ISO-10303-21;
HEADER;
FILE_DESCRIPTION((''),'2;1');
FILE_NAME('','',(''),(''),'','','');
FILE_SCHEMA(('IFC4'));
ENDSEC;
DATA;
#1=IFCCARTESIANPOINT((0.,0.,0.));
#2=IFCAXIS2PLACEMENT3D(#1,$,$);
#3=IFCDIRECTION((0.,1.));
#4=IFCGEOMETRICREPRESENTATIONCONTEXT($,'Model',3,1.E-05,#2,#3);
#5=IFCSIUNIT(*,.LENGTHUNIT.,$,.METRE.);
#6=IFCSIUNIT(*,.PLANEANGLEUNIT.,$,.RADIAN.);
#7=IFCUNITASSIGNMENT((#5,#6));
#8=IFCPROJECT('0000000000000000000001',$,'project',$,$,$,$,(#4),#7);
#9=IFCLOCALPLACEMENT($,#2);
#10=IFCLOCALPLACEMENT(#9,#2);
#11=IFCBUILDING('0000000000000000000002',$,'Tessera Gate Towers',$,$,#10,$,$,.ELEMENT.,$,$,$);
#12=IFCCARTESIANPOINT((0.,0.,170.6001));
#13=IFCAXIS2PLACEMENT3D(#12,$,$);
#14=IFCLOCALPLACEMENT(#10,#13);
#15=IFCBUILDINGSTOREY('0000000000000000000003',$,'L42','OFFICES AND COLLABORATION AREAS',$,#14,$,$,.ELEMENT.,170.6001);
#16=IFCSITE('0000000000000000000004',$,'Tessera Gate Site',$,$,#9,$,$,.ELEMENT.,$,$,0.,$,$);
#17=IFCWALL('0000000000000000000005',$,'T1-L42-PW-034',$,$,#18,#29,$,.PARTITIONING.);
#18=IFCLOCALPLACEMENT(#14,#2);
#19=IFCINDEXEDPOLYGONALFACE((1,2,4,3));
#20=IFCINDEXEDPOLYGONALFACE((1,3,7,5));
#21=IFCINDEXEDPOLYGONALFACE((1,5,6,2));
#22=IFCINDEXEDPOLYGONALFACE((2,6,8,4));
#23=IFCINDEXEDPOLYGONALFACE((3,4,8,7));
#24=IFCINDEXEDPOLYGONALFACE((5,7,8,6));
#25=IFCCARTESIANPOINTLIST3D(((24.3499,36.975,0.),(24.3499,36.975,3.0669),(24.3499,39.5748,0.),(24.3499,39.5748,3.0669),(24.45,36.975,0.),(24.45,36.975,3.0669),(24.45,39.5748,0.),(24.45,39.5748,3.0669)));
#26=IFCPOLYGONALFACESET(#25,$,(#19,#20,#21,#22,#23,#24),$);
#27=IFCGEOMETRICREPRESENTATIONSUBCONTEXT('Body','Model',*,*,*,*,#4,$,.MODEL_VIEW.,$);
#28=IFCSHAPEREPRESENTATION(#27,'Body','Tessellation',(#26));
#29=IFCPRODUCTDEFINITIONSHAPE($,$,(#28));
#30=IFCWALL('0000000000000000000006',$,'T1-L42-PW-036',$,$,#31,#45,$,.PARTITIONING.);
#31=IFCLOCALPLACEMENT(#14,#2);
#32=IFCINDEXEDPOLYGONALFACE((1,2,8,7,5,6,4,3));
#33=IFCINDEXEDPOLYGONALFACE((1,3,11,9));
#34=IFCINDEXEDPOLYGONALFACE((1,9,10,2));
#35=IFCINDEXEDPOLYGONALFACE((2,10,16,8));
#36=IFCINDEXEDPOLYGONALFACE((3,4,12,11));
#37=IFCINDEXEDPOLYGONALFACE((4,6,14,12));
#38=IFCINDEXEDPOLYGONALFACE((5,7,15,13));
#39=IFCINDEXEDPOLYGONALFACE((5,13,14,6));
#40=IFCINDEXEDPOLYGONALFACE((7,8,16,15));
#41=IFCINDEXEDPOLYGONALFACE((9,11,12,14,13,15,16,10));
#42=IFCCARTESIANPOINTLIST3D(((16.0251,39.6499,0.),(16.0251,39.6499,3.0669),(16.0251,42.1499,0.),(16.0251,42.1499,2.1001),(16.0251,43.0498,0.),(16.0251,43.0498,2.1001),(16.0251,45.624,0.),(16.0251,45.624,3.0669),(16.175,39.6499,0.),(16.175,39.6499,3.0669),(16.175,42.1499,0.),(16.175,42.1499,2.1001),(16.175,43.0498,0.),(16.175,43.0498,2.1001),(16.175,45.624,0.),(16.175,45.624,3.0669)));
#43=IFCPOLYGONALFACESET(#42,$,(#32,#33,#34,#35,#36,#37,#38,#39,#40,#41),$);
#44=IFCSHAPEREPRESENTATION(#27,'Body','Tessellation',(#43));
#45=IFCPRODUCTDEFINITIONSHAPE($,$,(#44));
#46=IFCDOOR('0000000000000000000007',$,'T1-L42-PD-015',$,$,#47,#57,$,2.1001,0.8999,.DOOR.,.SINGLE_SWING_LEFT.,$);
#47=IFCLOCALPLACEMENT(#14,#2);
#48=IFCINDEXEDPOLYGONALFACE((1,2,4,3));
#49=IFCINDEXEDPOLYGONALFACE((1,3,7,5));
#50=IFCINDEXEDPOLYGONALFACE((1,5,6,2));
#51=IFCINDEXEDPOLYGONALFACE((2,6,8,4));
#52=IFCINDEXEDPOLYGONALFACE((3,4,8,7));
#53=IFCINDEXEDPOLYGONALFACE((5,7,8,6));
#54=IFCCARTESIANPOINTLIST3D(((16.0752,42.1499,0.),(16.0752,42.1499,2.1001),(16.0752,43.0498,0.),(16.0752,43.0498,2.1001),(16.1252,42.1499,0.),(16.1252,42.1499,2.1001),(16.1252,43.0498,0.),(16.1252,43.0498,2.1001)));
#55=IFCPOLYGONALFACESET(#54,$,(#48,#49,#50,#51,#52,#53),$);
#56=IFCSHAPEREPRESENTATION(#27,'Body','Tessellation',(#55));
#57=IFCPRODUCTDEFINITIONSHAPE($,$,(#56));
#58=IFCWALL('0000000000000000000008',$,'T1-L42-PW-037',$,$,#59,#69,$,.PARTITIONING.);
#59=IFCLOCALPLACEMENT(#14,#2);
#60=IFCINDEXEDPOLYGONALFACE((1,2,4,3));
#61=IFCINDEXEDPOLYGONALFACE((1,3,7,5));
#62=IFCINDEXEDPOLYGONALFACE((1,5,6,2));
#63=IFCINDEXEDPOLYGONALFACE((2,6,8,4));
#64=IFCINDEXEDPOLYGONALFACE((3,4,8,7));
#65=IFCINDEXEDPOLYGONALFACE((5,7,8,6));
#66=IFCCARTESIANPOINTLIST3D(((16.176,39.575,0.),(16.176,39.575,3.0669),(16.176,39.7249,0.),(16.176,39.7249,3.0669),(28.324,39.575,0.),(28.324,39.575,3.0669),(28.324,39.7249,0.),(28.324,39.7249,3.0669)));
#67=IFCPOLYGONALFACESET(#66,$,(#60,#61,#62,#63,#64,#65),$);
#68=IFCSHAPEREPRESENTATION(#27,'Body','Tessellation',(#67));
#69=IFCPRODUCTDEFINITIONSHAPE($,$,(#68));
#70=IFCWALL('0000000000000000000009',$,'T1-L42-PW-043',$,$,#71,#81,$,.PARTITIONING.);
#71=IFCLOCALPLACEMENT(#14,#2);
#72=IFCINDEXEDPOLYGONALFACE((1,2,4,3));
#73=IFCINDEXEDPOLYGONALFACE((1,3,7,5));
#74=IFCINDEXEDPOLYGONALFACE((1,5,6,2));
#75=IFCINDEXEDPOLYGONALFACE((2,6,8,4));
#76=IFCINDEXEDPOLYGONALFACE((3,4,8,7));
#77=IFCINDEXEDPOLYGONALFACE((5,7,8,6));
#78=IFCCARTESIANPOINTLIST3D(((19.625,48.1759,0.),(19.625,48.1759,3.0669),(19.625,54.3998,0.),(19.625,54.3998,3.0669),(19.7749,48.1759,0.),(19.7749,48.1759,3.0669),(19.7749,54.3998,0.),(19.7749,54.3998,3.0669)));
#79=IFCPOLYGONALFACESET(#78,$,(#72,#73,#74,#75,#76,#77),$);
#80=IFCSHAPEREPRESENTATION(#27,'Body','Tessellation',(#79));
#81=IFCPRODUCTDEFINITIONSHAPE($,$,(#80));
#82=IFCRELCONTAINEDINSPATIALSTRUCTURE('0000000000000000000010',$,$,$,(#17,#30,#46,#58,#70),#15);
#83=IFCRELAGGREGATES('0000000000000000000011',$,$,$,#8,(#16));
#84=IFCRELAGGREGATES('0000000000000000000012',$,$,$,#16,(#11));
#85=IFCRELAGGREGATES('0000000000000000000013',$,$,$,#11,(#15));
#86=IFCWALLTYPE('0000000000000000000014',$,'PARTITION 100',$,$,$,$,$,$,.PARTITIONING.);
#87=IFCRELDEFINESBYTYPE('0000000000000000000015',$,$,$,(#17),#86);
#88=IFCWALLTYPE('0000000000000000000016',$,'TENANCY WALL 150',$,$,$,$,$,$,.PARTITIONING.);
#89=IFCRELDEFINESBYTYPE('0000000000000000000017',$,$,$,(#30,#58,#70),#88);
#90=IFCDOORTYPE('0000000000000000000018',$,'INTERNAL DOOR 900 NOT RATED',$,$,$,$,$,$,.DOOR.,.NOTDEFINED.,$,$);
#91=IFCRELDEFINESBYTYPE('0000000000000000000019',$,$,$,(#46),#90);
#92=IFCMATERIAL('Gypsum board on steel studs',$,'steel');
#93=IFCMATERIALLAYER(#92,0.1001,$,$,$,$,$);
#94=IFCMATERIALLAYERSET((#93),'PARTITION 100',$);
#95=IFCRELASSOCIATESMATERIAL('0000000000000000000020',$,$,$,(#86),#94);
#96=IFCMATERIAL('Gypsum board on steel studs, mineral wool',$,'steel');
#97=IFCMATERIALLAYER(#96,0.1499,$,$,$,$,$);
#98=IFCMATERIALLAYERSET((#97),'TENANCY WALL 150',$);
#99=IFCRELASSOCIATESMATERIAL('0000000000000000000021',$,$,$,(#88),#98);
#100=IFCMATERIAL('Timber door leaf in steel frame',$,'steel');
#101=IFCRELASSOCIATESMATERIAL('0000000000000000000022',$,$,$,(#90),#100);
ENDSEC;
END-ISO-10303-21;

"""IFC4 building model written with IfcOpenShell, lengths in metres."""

from ifc_helpers import new_model, si_unit, direction, frame, frame_2d, origin, place, context, subcontext, project, spatial, rectangle, extrude, source, transform, mapped, material, layer, layer_set, type_object, element, fill, save


model = new_model("IFC4")

# Units and contexts
model_context = context("Model", 3, precision=1e-05, world=origin(), true_north=direction((0.0, 1.0)))
body_context = subcontext(model_context, "Body", "Model", "MODEL_VIEW")
ifc_project = project(units=[si_unit("LENGTHUNIT", "METRE"), si_unit("PLANEANGLEUNIT", "RADIAN")], contexts=[model_context])

# Site, building, storey
site_placement = place(None, origin())
site = spatial("IfcSite", under=ifc_project, at=site_placement, Name="Tessera Gate Site", CompositionType="ELEMENT", RefElevation=0.0)
building_placement = place(site_placement, origin())
building = spatial("IfcBuilding", under=site, at=building_placement, Name="Tessera Gate Towers", CompositionType="ELEMENT")
storey_placement = place(building_placement, frame((0.0, 0.0, 170.6001)))
storey = spatial("IfcBuildingStorey", under=building, at=storey_placement, Name="L42", Description="OFFICES AND COLLABORATION AREAS", CompositionType="ELEMENT", Elevation=170.6001)

# Shared definitions
shared_shape_1 = source(origin(), body_context, "Body", "SweptSolid", [
    extrude(rectangle(XDim=0.8999, YDim=2.1001, at=frame_2d((0.45, 1.05))), frame((0.0, 0.085, 0.0), z_axis=(0.0, -1.0, 0.0), x_axis=(1.0, 0.0, 0.0)), (0.0, 0.0, 1.0), 0.1699),
])
shared_shape_2 = source(origin(), body_context, "Body", "SweptSolid", [
    extrude(rectangle(XDim=0.8999, YDim=2.1001, at=frame_2d((0.45, 1.05))), frame((0.0, 0.0249, 0.0), z_axis=(0.0, -1.0, 0.0), x_axis=(1.0, 0.0, 0.0)), (0.0, 0.0, 1.0), 0.05),
])

# Wall
ifc_material_1 = material(Name="Gypsum board on steel studs", Category="steel")
ifc_layer_1 = layer(ifc_material_1, 0.1001)
ifc_layer_set_1 = layer_set([ifc_layer_1], Name="PARTITION 100")
wall_type_1 = type_object("IfcWallType", Name="PARTITION 100", PredefinedType="PARTITIONING", material=ifc_layer_set_1)
wall_1_placement = place(storey_placement, frame((24.3999, 36.9751, 0.0), z_axis=(0.0, 0.0, 1.0), x_axis=(0.0, 1.0, 0.0)))
element("IfcWall", 1, at=wall_1_placement, inside=storey, type_object=wall_type_1, Name="T1-L42-PW-034", PredefinedType="PARTITIONING", context=body_context, shape_type="SweptSolid", body=[
    extrude(rectangle(XDim=2.5999, YDim=0.1001, at=frame_2d((1.2998, 0.0))), origin(), (0.0, 0.0, 1.0), 3.0669),
])

# Wall, opening, door
ifc_material_2 = material(Name="Gypsum board on steel studs, mineral wool", Category="steel")
ifc_layer_2 = layer(ifc_material_2, 0.1499)
ifc_layer_set_2 = layer_set([ifc_layer_2], Name="TENANCY WALL 150")
wall_type_2 = type_object("IfcWallType", Name="TENANCY WALL 150", PredefinedType="PARTITIONING", material=ifc_layer_set_2)
wall_2_placement = place(storey_placement, frame((16.1001, 39.6499, 0.0), z_axis=(0.0, 0.0, 1.0), x_axis=(0.0, 1.0, 0.0)))
wall_2 = element("IfcWall", 2, at=wall_2_placement, inside=storey, type_object=wall_type_2, Name="T1-L42-PW-036", PredefinedType="PARTITIONING", context=body_context, shape_type="SweptSolid", body=[
    extrude(rectangle(XDim=5.9741, YDim=0.1499, at=frame_2d((2.9871, 0.0))), origin(), (0.0, 0.0, 1.0), 3.0669),
])
opening_1_placement = place(wall_2_placement, frame((2.5, 0.0, 0.0)))
opening_1 = element("IfcOpeningElement", 3, at=opening_1_placement, cuts=wall_2, PredefinedType="OPENING", context=body_context, shape_type="MappedRepresentation", body=[
    mapped(shared_shape_1, transform((0.0, 0.0, 0.0), scale=1.0)),
])
ifc_material_3 = material(Name="Timber door leaf in steel frame", Category="steel")
door_type_1 = type_object("IfcDoorType", Name="INTERNAL DOOR 900 NOT RATED", OperationType="NOTDEFINED", PredefinedType="DOOR", material=ifc_material_3)
door_1_placement = place(opening_1_placement, origin())
door_1 = element("IfcDoor", 4, at=door_1_placement, inside=storey, type_object=door_type_1, Name="T1-L42-PD-015", OperationType="SINGLE_SWING_LEFT", OverallHeight=2.1001, OverallWidth=0.8999, PredefinedType="DOOR", context=body_context, shape_type="MappedRepresentation", body=[
    mapped(shared_shape_2, transform((0.0, 0.0, 0.0), scale=1.0)),
])
fill(opening_1, door_1)

# Walls
wall_3_placement = place(storey_placement, frame((16.176, 39.6499, 0.0), z_axis=(0.0, 0.0, 1.0), x_axis=(1.0, 0.0, 0.0)))
element("IfcWall", 5, at=wall_3_placement, inside=storey, type_object=wall_type_2, Name="T1-L42-PW-037", PredefinedType="PARTITIONING", context=body_context, shape_type="SweptSolid", body=[
    extrude(rectangle(XDim=12.1479, YDim=0.1499, at=frame_2d((6.074, 0.0))), origin(), (0.0, 0.0, 1.0), 3.0669),
])
wall_4_placement = place(storey_placement, frame((19.7, 48.176, 0.0), z_axis=(0.0, 0.0, 1.0), x_axis=(0.0, 1.0, 0.0)))
element("IfcWall", 6, at=wall_4_placement, inside=storey, type_object=wall_type_2, Name="T1-L42-PW-043", PredefinedType="PARTITIONING", context=body_context, shape_type="SweptSolid", body=[
    extrude(rectangle(XDim=6.2239, YDim=0.1499, at=frame_2d((3.1118, 0.0))), origin(), (0.0, 0.0, 1.0), 3.0669),
])

save(model, "model.ifc")
